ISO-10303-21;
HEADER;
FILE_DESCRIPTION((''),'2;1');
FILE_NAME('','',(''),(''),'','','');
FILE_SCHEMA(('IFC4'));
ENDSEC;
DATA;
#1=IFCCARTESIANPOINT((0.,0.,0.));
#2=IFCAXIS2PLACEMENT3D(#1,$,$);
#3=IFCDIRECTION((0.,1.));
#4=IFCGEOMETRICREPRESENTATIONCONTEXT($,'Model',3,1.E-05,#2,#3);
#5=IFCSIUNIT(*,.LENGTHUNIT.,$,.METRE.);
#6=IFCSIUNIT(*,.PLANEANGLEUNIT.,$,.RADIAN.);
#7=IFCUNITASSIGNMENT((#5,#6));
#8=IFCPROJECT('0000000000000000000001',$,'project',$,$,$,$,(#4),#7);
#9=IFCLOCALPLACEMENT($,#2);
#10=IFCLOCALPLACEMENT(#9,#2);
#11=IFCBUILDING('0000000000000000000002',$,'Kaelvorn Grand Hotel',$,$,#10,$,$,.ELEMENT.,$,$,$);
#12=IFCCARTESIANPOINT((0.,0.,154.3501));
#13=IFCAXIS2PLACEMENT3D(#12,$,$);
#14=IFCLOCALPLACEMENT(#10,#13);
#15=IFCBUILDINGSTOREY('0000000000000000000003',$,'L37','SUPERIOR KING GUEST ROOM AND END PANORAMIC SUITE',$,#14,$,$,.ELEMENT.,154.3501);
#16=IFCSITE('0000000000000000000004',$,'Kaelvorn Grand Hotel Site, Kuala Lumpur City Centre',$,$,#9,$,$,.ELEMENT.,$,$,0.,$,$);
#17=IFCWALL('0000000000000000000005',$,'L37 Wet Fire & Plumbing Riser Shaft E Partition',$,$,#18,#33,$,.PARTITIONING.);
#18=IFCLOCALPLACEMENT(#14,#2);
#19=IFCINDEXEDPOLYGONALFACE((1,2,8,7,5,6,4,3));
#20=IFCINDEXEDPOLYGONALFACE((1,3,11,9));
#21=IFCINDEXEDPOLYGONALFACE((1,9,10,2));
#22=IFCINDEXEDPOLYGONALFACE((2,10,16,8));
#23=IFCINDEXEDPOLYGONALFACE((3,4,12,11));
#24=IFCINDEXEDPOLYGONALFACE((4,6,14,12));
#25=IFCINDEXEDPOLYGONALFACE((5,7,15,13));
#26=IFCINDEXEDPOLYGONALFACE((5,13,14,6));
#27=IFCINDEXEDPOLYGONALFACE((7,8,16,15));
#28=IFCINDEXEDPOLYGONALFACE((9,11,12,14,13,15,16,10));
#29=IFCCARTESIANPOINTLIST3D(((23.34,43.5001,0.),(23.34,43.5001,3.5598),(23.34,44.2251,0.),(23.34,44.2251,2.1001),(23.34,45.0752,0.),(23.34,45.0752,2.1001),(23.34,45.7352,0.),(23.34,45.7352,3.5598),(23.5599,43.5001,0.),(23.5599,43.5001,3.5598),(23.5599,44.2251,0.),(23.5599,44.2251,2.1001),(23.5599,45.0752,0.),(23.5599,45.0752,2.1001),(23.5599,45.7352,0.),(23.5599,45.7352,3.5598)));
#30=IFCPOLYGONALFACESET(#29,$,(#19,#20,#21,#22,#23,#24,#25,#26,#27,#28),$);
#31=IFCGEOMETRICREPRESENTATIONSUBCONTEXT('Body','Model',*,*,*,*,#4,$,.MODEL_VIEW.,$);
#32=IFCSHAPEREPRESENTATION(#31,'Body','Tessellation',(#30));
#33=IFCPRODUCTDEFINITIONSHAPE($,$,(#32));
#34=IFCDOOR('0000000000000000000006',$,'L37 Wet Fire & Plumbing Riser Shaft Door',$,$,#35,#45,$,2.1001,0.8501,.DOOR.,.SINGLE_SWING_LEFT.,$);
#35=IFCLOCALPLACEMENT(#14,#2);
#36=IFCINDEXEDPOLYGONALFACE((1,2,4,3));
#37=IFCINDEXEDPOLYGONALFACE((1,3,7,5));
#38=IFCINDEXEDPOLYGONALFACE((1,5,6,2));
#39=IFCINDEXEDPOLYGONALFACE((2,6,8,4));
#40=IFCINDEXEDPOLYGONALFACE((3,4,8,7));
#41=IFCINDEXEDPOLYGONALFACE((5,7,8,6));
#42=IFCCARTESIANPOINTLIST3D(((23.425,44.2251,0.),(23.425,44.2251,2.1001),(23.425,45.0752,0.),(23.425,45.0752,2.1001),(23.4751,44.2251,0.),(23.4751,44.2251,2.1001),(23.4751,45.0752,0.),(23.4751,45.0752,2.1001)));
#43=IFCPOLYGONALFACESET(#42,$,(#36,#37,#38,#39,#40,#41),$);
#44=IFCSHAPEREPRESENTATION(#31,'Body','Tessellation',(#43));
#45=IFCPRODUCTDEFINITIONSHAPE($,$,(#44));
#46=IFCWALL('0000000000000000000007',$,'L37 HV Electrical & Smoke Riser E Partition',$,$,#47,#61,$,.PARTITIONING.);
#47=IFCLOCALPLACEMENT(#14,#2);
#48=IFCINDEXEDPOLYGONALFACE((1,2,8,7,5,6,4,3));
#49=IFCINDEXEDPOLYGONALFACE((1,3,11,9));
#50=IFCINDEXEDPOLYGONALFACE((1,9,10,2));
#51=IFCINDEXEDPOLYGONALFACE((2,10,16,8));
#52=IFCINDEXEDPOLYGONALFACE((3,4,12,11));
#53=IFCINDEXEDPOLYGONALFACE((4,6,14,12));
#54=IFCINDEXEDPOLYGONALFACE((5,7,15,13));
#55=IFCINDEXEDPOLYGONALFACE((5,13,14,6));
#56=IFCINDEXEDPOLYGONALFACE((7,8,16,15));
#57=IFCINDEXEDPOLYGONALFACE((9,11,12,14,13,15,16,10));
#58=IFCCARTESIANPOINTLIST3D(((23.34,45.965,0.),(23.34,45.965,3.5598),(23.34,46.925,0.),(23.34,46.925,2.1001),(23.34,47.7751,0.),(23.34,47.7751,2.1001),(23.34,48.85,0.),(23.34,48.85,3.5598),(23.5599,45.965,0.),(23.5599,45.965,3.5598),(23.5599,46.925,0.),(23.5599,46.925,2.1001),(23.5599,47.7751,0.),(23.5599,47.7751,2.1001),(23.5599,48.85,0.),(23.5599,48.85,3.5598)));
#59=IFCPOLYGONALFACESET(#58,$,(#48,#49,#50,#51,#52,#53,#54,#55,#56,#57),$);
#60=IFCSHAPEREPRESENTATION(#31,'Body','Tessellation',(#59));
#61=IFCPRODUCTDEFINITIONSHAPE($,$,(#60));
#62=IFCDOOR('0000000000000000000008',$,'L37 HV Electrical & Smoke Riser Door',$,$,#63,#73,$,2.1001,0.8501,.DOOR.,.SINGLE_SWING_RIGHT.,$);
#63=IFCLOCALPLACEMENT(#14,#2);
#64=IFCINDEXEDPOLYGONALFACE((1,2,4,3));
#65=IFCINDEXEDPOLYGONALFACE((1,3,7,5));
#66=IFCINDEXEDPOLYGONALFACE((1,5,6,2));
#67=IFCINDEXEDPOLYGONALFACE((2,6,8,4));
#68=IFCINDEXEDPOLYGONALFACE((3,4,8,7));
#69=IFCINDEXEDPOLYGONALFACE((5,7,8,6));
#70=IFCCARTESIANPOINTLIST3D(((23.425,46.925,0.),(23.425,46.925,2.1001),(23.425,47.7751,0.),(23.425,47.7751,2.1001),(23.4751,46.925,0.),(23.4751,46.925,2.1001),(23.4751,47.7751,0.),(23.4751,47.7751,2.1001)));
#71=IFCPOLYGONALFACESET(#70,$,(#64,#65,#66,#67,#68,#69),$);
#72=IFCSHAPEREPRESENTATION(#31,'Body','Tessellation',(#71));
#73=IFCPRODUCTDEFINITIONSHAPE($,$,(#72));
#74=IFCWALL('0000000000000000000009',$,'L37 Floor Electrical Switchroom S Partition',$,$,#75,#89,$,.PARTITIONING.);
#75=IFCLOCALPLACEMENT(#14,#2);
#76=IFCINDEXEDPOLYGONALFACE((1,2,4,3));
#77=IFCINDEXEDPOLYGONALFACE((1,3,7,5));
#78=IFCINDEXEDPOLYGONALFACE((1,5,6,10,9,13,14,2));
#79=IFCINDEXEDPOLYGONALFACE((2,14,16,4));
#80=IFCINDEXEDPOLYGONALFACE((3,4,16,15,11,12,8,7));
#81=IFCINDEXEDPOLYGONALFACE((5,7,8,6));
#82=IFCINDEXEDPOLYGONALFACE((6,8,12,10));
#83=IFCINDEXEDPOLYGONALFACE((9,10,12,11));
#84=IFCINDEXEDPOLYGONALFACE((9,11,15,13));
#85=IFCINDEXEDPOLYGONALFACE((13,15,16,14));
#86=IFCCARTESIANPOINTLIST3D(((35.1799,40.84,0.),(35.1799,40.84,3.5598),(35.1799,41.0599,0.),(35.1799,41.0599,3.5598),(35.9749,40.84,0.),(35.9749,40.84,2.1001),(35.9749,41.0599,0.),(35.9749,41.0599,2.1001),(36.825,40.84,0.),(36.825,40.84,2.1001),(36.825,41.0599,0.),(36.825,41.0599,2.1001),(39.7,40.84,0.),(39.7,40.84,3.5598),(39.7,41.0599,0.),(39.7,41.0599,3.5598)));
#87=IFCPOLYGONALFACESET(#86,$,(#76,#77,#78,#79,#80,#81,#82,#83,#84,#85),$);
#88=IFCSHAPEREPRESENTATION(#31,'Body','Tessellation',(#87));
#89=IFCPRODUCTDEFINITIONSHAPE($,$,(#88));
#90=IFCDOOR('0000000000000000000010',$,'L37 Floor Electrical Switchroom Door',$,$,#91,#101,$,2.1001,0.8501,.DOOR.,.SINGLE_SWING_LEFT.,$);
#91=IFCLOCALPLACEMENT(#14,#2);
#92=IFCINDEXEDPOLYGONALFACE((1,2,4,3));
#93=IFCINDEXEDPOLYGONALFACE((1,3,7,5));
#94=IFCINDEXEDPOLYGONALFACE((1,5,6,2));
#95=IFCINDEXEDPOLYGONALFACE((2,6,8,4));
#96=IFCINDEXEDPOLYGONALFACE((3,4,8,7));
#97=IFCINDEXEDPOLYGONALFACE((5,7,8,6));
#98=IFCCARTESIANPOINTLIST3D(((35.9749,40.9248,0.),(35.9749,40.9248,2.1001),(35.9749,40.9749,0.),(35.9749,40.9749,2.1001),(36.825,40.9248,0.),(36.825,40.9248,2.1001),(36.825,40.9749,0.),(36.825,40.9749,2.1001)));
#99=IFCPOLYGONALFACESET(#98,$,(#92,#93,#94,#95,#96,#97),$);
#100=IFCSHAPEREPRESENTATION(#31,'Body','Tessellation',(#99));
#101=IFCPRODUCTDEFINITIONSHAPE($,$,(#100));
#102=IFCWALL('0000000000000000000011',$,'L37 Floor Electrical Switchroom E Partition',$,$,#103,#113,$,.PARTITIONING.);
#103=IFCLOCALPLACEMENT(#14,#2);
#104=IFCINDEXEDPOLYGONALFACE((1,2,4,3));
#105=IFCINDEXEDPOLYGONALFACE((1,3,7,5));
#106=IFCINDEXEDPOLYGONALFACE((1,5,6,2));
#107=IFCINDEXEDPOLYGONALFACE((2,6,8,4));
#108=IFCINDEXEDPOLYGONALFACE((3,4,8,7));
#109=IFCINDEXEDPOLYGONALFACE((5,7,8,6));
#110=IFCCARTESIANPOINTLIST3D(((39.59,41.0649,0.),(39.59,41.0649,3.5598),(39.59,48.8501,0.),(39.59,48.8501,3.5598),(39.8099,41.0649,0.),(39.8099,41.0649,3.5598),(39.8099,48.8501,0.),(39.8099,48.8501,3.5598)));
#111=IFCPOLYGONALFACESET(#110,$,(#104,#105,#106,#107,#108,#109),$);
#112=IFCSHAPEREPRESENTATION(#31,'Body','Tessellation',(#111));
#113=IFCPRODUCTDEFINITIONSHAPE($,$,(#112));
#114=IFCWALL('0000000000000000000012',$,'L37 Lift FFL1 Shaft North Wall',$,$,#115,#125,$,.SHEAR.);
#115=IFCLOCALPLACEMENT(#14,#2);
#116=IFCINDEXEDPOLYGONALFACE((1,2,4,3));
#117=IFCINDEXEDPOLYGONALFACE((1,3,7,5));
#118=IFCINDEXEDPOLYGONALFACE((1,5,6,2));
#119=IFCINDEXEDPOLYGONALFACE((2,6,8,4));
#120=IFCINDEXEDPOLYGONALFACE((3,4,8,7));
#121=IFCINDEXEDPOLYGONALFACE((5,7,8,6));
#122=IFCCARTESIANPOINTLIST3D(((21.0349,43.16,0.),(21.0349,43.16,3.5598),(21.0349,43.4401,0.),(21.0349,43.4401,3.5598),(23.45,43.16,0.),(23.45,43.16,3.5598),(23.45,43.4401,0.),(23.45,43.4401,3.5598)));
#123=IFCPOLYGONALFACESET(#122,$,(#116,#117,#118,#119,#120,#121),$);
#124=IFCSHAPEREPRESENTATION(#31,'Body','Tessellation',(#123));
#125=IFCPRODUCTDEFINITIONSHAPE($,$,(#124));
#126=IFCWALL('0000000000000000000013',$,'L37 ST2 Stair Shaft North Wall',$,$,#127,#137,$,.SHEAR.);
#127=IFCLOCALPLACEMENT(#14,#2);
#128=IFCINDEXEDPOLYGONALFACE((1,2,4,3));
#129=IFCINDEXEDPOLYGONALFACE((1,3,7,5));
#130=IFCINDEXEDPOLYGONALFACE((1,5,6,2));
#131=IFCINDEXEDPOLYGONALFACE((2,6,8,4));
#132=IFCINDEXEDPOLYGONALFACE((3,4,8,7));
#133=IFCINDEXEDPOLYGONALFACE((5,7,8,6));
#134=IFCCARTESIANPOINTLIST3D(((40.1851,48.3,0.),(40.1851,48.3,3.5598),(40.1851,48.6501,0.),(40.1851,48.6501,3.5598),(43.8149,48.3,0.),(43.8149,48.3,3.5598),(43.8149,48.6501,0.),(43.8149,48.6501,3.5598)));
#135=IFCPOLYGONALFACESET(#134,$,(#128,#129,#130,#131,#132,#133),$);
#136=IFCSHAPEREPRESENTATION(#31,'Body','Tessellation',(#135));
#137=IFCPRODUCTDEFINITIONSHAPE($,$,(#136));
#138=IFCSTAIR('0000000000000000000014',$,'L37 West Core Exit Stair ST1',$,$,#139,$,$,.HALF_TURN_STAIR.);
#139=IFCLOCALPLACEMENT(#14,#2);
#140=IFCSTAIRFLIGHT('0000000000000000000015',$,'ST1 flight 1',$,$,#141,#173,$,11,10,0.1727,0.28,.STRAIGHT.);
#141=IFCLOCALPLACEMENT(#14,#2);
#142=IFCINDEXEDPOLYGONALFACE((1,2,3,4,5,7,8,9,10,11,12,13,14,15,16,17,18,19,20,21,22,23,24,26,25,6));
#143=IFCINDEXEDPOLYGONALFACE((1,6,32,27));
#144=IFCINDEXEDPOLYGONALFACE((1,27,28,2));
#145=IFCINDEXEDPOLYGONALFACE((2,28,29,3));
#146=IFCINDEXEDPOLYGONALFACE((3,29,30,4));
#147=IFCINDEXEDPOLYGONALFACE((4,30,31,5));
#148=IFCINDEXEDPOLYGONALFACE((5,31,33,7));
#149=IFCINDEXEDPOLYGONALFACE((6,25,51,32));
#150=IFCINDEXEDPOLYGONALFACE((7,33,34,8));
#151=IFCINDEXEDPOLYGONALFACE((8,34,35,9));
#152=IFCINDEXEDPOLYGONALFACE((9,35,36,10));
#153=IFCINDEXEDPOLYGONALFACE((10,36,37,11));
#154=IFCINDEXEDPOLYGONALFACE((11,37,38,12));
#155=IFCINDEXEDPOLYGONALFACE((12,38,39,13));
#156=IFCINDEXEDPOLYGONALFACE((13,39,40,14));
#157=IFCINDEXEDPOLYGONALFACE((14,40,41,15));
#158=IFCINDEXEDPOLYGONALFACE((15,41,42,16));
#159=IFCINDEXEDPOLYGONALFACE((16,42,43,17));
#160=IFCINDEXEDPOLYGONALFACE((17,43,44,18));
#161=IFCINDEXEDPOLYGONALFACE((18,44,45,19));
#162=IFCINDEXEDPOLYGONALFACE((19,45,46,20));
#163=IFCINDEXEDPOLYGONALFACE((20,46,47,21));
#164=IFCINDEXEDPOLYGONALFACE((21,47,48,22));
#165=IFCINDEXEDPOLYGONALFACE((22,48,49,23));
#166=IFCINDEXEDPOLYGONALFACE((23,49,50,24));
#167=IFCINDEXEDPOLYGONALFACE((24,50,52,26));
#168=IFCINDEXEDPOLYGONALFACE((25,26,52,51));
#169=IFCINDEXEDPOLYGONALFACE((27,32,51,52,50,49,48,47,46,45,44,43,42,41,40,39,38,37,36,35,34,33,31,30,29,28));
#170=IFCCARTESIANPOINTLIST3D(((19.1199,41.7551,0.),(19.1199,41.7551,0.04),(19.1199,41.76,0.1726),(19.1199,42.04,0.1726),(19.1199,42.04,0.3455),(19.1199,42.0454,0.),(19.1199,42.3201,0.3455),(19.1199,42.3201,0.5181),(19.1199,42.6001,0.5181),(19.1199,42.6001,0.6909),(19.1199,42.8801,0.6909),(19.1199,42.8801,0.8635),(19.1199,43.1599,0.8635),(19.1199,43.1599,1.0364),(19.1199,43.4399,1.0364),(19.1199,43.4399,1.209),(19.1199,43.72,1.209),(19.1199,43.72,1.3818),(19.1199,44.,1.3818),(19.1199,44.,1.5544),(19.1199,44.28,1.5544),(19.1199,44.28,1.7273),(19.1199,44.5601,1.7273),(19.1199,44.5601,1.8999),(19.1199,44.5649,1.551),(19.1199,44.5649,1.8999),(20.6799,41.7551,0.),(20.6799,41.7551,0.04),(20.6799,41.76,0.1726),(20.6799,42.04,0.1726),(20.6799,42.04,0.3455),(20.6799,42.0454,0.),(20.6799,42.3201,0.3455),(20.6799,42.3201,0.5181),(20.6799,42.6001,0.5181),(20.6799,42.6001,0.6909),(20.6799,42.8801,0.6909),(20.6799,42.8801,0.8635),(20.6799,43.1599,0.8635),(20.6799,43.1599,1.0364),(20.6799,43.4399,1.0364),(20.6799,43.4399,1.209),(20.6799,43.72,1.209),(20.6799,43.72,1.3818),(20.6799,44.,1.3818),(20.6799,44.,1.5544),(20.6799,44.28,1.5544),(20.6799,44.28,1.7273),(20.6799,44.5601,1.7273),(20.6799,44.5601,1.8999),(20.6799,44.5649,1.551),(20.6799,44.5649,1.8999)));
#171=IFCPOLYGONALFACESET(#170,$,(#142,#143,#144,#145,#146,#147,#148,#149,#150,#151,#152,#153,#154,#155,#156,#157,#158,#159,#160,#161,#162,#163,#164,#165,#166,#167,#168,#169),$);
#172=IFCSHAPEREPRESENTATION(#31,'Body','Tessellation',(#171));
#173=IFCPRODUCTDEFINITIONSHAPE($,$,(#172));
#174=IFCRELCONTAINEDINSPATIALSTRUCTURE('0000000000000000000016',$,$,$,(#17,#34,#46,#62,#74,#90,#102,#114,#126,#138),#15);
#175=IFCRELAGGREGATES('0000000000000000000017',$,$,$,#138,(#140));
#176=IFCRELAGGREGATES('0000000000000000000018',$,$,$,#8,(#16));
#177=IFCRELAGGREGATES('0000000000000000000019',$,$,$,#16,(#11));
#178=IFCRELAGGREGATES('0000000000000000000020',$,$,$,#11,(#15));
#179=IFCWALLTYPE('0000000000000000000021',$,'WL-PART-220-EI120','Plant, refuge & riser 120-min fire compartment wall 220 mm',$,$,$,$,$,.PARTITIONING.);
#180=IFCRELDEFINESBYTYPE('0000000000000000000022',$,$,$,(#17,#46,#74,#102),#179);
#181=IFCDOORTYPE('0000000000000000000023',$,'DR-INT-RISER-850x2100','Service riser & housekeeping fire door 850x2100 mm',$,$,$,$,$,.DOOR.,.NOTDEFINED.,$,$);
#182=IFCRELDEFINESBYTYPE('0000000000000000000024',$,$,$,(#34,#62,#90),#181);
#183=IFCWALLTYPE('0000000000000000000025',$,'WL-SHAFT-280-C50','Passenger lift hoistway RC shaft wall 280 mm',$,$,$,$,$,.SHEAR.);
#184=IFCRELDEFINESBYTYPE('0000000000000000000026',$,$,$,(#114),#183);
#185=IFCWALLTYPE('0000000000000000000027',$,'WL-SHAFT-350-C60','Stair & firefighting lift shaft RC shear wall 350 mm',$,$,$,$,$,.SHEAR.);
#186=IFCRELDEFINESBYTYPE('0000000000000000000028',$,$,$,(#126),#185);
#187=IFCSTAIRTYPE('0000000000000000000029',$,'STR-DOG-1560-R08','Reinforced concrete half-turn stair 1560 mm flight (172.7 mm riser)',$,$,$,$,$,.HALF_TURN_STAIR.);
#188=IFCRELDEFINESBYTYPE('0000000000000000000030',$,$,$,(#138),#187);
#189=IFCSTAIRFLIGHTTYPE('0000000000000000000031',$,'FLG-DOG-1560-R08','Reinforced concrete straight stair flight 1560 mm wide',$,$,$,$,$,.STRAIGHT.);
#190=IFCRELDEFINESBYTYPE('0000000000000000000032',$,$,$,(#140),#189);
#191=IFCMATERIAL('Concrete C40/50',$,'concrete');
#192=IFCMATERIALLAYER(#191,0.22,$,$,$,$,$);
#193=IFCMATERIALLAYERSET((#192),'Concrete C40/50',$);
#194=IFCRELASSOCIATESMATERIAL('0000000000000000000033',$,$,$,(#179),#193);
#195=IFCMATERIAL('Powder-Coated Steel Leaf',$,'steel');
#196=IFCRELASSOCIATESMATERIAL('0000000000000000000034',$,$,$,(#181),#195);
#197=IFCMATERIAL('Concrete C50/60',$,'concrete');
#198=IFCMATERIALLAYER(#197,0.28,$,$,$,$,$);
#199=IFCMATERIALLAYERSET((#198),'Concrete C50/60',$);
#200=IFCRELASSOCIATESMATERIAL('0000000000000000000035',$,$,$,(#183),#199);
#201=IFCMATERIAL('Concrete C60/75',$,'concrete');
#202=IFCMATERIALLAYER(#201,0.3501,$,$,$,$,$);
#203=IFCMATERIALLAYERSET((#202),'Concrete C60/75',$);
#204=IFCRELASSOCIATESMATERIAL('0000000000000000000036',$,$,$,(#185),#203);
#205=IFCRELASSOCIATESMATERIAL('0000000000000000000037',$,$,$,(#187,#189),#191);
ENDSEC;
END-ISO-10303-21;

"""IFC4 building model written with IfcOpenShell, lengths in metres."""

from ifc_helpers import new_model, si_unit, direction, frame, frame_2d, origin, place, context, subcontext, project, spatial, polyline, rectangle, outline, extrude, material, layer, layer_set, type_object, element, fill, aggregate, save


model = new_model("IFC4")

# Units and contexts
model_context = context("Model", 3, precision=1e-05, world=origin(), true_north=direction((0.0, 1.0)))
body_context = subcontext(model_context, "Body", "Model", "MODEL_VIEW")
ifc_project = project(units=[si_unit("LENGTHUNIT", "METRE"), si_unit("PLANEANGLEUNIT", "RADIAN")], contexts=[model_context])

# Site, building, storey
site_placement = place(None, origin())
site = spatial("IfcSite", under=ifc_project, at=site_placement, Name="Kaelvorn Grand Hotel Site, Kuala Lumpur City Centre", CompositionType="ELEMENT", RefElevation=0.0)
building_placement = place(site_placement, origin())
building = spatial("IfcBuilding", under=site, at=building_placement, Name="Kaelvorn Grand Hotel", CompositionType="ELEMENT")
storey_placement = place(building_placement, frame((0.0, 0.0, 154.3501)))
storey = spatial("IfcBuildingStorey", under=building, at=storey_placement, Name="L37", Description="SUPERIOR KING GUEST ROOM AND END PANORAMIC SUITE", CompositionType="ELEMENT", Elevation=154.3501)

# Shared definitions
ifc_material_1 = material(Name="Concrete C60/75", Category="concrete")

# Shared definitions
ifc_material_2 = material(Name="Concrete C50/60", Category="concrete")

# Shared definitions
ifc_material_3 = material(Name="Concrete C40/50", Category="concrete")
ifc_layer_1 = layer(ifc_material_3, 0.22)
ifc_layer_set_1 = layer_set([ifc_layer_1], Name="Concrete C40/50")
wall_type_1 = type_object("IfcWallType", Name="WL-PART-220-EI120", Description="Plant, refuge & riser 120-min fire compartment wall 220 mm", PredefinedType="PARTITIONING", material=ifc_layer_set_1)

# Walls, openings, doors
wall_1_placement = place(storey_placement, frame((23.45, 43.5, 0.0), z_axis=(0.0, 0.0, 1.0), x_axis=(0.0, 1.0, 0.0)))
wall_1 = element("IfcWall", 1, at=wall_1_placement, inside=storey, type_object=wall_type_1, Name="L37 Wet Fire & Plumbing Riser Shaft E Partition", PredefinedType="PARTITIONING", context=body_context, shape_type="SweptSolid", body=[
    extrude(rectangle(XDim=2.2351, YDim=0.22, at=frame_2d((1.1177, 0.0))), origin(), (0.0, 0.0, 1.0), 3.5598),
])
opening_1_placement = place(wall_1_placement, frame((0.7251, 0.0, 0.0)))
opening_1 = element("IfcOpeningElement", 2, at=opening_1_placement, cuts=wall_1, PredefinedType="OPENING", context=body_context, shape_type="SweptSolid", body=[
    extrude(rectangle(XDim=0.8501, YDim=2.1001, at=frame_2d((0.425, 1.05))), frame((0.0, 0.1201, 0.0), z_axis=(0.0, -1.0, 0.0), x_axis=(1.0, 0.0, 0.0)), (0.0, 0.0, 1.0), 0.24),
])
ifc_material_4 = material(Name="Powder-Coated Steel Leaf", Category="steel")
door_type_1 = type_object("IfcDoorType", Name="DR-INT-RISER-850x2100", Description="Service riser & housekeeping fire door 850x2100 mm", OperationType="NOTDEFINED", PredefinedType="DOOR", material=ifc_material_4)
door_1_placement = place(opening_1_placement, origin())
door_1 = element("IfcDoor", 3, at=door_1_placement, inside=storey, type_object=door_type_1, Name="L37 Wet Fire & Plumbing Riser Shaft Door", OperationType="SINGLE_SWING_LEFT", OverallHeight=2.1001, OverallWidth=0.8501, PredefinedType="DOOR", context=body_context, shape_type="SweptSolid", body=[
    extrude(rectangle(XDim=0.8501, YDim=2.1001, at=frame_2d((0.425, 1.05))), frame((0.0, 0.0249, 0.0), z_axis=(0.0, -1.0, 0.0), x_axis=(1.0, 0.0, 0.0)), (0.0, 0.0, 1.0), 0.05),
])
fill(opening_1, door_1)
wall_2_placement = place(storey_placement, frame((23.45, 45.9651, 0.0), z_axis=(0.0, 0.0, 1.0), x_axis=(0.0, 1.0, 0.0)))
wall_2 = element("IfcWall", 4, at=wall_2_placement, inside=storey, type_object=wall_type_1, Name="L37 HV Electrical & Smoke Riser E Partition", PredefinedType="PARTITIONING", context=body_context, shape_type="SweptSolid", body=[
    extrude(rectangle(XDim=2.885, YDim=0.22, at=frame_2d((1.4424, 0.0))), origin(), (0.0, 0.0, 1.0), 3.5598),
])
opening_2_placement = place(wall_2_placement, frame((0.96, 0.0, 0.0)))
opening_2 = element("IfcOpeningElement", 5, at=opening_2_placement, cuts=wall_2, PredefinedType="OPENING", context=body_context, shape_type="SweptSolid", body=[
    extrude(rectangle(XDim=0.8501, YDim=2.1001, at=frame_2d((0.425, 1.05))), frame((0.0, 0.1201, 0.0), z_axis=(0.0, -1.0, 0.0), x_axis=(1.0, 0.0, 0.0)), (0.0, 0.0, 1.0), 0.24),
])
door_2_placement = place(opening_2_placement, origin())
door_2 = element("IfcDoor", 6, at=door_2_placement, inside=storey, type_object=door_type_1, Name="L37 HV Electrical & Smoke Riser Door", OperationType="SINGLE_SWING_RIGHT", OverallHeight=2.1001, OverallWidth=0.8501, PredefinedType="DOOR", context=body_context, shape_type="SweptSolid", body=[
    extrude(rectangle(XDim=0.8501, YDim=2.1001, at=frame_2d((0.425, 1.05))), frame((0.0, 0.0249, 0.0), z_axis=(0.0, -1.0, 0.0), x_axis=(1.0, 0.0, 0.0)), (0.0, 0.0, 1.0), 0.05),
])
fill(opening_2, door_2)
wall_3_placement = place(storey_placement, frame((35.1799, 40.95, 0.0), z_axis=(0.0, 0.0, 1.0), x_axis=(1.0, 0.0, 0.0)))
wall_3 = element("IfcWall", 7, at=wall_3_placement, inside=storey, type_object=wall_type_1, Name="L37 Floor Electrical Switchroom S Partition", PredefinedType="PARTITIONING", context=body_context, shape_type="SweptSolid", body=[
    extrude(rectangle(XDim=4.52, YDim=0.22, at=frame_2d((2.26, 0.0))), origin(), (0.0, 0.0, 1.0), 3.5598),
])
opening_3_placement = place(wall_3_placement, frame((0.7949, 0.0, 0.0)))
opening_3 = element("IfcOpeningElement", 8, at=opening_3_placement, cuts=wall_3, PredefinedType="OPENING", context=body_context, shape_type="SweptSolid", body=[
    extrude(rectangle(XDim=0.8501, YDim=2.1001, at=frame_2d((0.425, 1.05))), frame((0.0, 0.1201, 0.0), z_axis=(0.0, -1.0, 0.0), x_axis=(1.0, 0.0, 0.0)), (0.0, 0.0, 1.0), 0.24),
])
door_3_placement = place(opening_3_placement, origin())
door_3 = element("IfcDoor", 9, at=door_3_placement, inside=storey, type_object=door_type_1, Name="L37 Floor Electrical Switchroom Door", OperationType="SINGLE_SWING_LEFT", OverallHeight=2.1001, OverallWidth=0.8501, PredefinedType="DOOR", context=body_context, shape_type="SweptSolid", body=[
    extrude(rectangle(XDim=0.8501, YDim=2.1001, at=frame_2d((0.425, 1.05))), frame((0.0, 0.0249, 0.0), z_axis=(0.0, -1.0, 0.0), x_axis=(1.0, 0.0, 0.0)), (0.0, 0.0, 1.0), 0.05),
])
fill(opening_3, door_3)

# Walls
wall_4_placement = place(storey_placement, frame((39.7, 41.0649, 0.0), z_axis=(0.0, 0.0, 1.0), x_axis=(0.0, 1.0, 0.0)))
element("IfcWall", 10, at=wall_4_placement, inside=storey, type_object=wall_type_1, Name="L37 Floor Electrical Switchroom E Partition", PredefinedType="PARTITIONING", context=body_context, shape_type="SweptSolid", body=[
    extrude(rectangle(XDim=7.7852, YDim=0.22, at=frame_2d((3.8926, 0.0))), origin(), (0.0, 0.0, 1.0), 3.5598),
])
ifc_layer_2 = layer(ifc_material_2, 0.28)
ifc_layer_set_2 = layer_set([ifc_layer_2], Name="Concrete C50/60")
wall_type_2 = type_object("IfcWallType", Name="WL-SHAFT-280-C50", Description="Passenger lift hoistway RC shaft wall 280 mm", PredefinedType="SHEAR", material=ifc_layer_set_2)
wall_5_placement = place(storey_placement, frame((21.0349, 43.3, 0.0), z_axis=(0.0, 0.0, 1.0), x_axis=(1.0, 0.0, 0.0)))
element("IfcWall", 11, at=wall_5_placement, inside=storey, type_object=wall_type_2, Name="L37 Lift FFL1 Shaft North Wall", PredefinedType="SHEAR", context=body_context, shape_type="SweptSolid", body=[
    extrude(rectangle(XDim=2.415, YDim=0.28, at=frame_2d((1.2075, 0.0))), origin(), (0.0, 0.0, 1.0), 3.5598),
])
ifc_layer_3 = layer(ifc_material_1, 0.3501)
ifc_layer_set_3 = layer_set([ifc_layer_3], Name="Concrete C60/75")
wall_type_3 = type_object("IfcWallType", Name="WL-SHAFT-350-C60", Description="Stair & firefighting lift shaft RC shear wall 350 mm", PredefinedType="SHEAR", material=ifc_layer_set_3)
wall_6_placement = place(storey_placement, frame((40.1851, 48.4751, 0.0), z_axis=(0.0, 0.0, 1.0), x_axis=(1.0, 0.0, 0.0)))
element("IfcWall", 12, at=wall_6_placement, inside=storey, type_object=wall_type_3, Name="L37 ST2 Stair Shaft North Wall", PredefinedType="SHEAR", context=body_context, shape_type="SweptSolid", body=[
    extrude(rectangle(XDim=3.6299, YDim=0.3501, at=frame_2d((1.8149, 0.0))), origin(), (0.0, 0.0, 1.0), 3.5598),
])

# Stair, stair flight
stair_type = type_object("IfcStairType", Name="STR-DOG-1560-R08", Description="Reinforced concrete half-turn stair 1560 mm flight (172.7 mm riser)", PredefinedType="HALF_TURN_STAIR", material=ifc_material_3)
stair_1_placement = place(storey_placement, origin())
stair_1 = element("IfcStair", 13, at=stair_1_placement, inside=storey, type_object=stair_type, Name="L37 West Core Exit Stair ST1", PredefinedType="HALF_TURN_STAIR")
stair_flight_type = type_object("IfcStairFlightType", Name="FLG-DOG-1560-R08", Description="Reinforced concrete straight stair flight 1560 mm wide", PredefinedType="STRAIGHT", material=ifc_material_3)
stair_flight_1_placement = place(storey_placement, frame((19.8999, 41.76, 0.0), z_axis=(0.0, 0.0, 1.0), x_axis=(0.0, 1.0, 0.0)))
stair_flight_1 = element("IfcStairFlight", 14, at=stair_flight_1_placement, type_object=stair_flight_type, Name="ST1 flight 1", NumberOfRisers=11, NumberOfTreads=10, PredefinedType="STRAIGHT", RiserHeight=0.1727, TreadLength=0.28, context=body_context, shape_type="SweptSolid", body=[
    extrude(outline(polyline([(-0.0049, 0.0), (-0.0049, 0.04), (0.0, 0.1726), (0.28, 0.1726), (0.28, 0.3455), (0.5601, 0.3455), (0.5601, 0.5181), (0.8401, 0.5181), (0.8401, 0.6909), (1.1201, 0.6909), (1.1201, 0.8635), (1.3999, 0.8635), (1.3999, 1.0364), (1.6799, 1.0364), (1.6799, 1.209), (1.96, 1.209), (1.96, 1.3818), (2.24, 1.3818), (2.24, 1.5544), (2.52, 1.5544), (2.52, 1.7273), (2.8, 1.7273), (2.8, 1.8999), (2.8049, 1.8999), (2.8049, 1.551), (0.2854, 0.0), (-0.0049, 0.0)])), frame((0.0, 0.78, 0.0), z_axis=(0.0, -1.0, 0.0), x_axis=(1.0, 0.0, 0.0)), (0.0, 0.0, 1.0), 1.5601),
])
aggregate(stair_1, [stair_flight_1])

save(model, "model.ifc")
